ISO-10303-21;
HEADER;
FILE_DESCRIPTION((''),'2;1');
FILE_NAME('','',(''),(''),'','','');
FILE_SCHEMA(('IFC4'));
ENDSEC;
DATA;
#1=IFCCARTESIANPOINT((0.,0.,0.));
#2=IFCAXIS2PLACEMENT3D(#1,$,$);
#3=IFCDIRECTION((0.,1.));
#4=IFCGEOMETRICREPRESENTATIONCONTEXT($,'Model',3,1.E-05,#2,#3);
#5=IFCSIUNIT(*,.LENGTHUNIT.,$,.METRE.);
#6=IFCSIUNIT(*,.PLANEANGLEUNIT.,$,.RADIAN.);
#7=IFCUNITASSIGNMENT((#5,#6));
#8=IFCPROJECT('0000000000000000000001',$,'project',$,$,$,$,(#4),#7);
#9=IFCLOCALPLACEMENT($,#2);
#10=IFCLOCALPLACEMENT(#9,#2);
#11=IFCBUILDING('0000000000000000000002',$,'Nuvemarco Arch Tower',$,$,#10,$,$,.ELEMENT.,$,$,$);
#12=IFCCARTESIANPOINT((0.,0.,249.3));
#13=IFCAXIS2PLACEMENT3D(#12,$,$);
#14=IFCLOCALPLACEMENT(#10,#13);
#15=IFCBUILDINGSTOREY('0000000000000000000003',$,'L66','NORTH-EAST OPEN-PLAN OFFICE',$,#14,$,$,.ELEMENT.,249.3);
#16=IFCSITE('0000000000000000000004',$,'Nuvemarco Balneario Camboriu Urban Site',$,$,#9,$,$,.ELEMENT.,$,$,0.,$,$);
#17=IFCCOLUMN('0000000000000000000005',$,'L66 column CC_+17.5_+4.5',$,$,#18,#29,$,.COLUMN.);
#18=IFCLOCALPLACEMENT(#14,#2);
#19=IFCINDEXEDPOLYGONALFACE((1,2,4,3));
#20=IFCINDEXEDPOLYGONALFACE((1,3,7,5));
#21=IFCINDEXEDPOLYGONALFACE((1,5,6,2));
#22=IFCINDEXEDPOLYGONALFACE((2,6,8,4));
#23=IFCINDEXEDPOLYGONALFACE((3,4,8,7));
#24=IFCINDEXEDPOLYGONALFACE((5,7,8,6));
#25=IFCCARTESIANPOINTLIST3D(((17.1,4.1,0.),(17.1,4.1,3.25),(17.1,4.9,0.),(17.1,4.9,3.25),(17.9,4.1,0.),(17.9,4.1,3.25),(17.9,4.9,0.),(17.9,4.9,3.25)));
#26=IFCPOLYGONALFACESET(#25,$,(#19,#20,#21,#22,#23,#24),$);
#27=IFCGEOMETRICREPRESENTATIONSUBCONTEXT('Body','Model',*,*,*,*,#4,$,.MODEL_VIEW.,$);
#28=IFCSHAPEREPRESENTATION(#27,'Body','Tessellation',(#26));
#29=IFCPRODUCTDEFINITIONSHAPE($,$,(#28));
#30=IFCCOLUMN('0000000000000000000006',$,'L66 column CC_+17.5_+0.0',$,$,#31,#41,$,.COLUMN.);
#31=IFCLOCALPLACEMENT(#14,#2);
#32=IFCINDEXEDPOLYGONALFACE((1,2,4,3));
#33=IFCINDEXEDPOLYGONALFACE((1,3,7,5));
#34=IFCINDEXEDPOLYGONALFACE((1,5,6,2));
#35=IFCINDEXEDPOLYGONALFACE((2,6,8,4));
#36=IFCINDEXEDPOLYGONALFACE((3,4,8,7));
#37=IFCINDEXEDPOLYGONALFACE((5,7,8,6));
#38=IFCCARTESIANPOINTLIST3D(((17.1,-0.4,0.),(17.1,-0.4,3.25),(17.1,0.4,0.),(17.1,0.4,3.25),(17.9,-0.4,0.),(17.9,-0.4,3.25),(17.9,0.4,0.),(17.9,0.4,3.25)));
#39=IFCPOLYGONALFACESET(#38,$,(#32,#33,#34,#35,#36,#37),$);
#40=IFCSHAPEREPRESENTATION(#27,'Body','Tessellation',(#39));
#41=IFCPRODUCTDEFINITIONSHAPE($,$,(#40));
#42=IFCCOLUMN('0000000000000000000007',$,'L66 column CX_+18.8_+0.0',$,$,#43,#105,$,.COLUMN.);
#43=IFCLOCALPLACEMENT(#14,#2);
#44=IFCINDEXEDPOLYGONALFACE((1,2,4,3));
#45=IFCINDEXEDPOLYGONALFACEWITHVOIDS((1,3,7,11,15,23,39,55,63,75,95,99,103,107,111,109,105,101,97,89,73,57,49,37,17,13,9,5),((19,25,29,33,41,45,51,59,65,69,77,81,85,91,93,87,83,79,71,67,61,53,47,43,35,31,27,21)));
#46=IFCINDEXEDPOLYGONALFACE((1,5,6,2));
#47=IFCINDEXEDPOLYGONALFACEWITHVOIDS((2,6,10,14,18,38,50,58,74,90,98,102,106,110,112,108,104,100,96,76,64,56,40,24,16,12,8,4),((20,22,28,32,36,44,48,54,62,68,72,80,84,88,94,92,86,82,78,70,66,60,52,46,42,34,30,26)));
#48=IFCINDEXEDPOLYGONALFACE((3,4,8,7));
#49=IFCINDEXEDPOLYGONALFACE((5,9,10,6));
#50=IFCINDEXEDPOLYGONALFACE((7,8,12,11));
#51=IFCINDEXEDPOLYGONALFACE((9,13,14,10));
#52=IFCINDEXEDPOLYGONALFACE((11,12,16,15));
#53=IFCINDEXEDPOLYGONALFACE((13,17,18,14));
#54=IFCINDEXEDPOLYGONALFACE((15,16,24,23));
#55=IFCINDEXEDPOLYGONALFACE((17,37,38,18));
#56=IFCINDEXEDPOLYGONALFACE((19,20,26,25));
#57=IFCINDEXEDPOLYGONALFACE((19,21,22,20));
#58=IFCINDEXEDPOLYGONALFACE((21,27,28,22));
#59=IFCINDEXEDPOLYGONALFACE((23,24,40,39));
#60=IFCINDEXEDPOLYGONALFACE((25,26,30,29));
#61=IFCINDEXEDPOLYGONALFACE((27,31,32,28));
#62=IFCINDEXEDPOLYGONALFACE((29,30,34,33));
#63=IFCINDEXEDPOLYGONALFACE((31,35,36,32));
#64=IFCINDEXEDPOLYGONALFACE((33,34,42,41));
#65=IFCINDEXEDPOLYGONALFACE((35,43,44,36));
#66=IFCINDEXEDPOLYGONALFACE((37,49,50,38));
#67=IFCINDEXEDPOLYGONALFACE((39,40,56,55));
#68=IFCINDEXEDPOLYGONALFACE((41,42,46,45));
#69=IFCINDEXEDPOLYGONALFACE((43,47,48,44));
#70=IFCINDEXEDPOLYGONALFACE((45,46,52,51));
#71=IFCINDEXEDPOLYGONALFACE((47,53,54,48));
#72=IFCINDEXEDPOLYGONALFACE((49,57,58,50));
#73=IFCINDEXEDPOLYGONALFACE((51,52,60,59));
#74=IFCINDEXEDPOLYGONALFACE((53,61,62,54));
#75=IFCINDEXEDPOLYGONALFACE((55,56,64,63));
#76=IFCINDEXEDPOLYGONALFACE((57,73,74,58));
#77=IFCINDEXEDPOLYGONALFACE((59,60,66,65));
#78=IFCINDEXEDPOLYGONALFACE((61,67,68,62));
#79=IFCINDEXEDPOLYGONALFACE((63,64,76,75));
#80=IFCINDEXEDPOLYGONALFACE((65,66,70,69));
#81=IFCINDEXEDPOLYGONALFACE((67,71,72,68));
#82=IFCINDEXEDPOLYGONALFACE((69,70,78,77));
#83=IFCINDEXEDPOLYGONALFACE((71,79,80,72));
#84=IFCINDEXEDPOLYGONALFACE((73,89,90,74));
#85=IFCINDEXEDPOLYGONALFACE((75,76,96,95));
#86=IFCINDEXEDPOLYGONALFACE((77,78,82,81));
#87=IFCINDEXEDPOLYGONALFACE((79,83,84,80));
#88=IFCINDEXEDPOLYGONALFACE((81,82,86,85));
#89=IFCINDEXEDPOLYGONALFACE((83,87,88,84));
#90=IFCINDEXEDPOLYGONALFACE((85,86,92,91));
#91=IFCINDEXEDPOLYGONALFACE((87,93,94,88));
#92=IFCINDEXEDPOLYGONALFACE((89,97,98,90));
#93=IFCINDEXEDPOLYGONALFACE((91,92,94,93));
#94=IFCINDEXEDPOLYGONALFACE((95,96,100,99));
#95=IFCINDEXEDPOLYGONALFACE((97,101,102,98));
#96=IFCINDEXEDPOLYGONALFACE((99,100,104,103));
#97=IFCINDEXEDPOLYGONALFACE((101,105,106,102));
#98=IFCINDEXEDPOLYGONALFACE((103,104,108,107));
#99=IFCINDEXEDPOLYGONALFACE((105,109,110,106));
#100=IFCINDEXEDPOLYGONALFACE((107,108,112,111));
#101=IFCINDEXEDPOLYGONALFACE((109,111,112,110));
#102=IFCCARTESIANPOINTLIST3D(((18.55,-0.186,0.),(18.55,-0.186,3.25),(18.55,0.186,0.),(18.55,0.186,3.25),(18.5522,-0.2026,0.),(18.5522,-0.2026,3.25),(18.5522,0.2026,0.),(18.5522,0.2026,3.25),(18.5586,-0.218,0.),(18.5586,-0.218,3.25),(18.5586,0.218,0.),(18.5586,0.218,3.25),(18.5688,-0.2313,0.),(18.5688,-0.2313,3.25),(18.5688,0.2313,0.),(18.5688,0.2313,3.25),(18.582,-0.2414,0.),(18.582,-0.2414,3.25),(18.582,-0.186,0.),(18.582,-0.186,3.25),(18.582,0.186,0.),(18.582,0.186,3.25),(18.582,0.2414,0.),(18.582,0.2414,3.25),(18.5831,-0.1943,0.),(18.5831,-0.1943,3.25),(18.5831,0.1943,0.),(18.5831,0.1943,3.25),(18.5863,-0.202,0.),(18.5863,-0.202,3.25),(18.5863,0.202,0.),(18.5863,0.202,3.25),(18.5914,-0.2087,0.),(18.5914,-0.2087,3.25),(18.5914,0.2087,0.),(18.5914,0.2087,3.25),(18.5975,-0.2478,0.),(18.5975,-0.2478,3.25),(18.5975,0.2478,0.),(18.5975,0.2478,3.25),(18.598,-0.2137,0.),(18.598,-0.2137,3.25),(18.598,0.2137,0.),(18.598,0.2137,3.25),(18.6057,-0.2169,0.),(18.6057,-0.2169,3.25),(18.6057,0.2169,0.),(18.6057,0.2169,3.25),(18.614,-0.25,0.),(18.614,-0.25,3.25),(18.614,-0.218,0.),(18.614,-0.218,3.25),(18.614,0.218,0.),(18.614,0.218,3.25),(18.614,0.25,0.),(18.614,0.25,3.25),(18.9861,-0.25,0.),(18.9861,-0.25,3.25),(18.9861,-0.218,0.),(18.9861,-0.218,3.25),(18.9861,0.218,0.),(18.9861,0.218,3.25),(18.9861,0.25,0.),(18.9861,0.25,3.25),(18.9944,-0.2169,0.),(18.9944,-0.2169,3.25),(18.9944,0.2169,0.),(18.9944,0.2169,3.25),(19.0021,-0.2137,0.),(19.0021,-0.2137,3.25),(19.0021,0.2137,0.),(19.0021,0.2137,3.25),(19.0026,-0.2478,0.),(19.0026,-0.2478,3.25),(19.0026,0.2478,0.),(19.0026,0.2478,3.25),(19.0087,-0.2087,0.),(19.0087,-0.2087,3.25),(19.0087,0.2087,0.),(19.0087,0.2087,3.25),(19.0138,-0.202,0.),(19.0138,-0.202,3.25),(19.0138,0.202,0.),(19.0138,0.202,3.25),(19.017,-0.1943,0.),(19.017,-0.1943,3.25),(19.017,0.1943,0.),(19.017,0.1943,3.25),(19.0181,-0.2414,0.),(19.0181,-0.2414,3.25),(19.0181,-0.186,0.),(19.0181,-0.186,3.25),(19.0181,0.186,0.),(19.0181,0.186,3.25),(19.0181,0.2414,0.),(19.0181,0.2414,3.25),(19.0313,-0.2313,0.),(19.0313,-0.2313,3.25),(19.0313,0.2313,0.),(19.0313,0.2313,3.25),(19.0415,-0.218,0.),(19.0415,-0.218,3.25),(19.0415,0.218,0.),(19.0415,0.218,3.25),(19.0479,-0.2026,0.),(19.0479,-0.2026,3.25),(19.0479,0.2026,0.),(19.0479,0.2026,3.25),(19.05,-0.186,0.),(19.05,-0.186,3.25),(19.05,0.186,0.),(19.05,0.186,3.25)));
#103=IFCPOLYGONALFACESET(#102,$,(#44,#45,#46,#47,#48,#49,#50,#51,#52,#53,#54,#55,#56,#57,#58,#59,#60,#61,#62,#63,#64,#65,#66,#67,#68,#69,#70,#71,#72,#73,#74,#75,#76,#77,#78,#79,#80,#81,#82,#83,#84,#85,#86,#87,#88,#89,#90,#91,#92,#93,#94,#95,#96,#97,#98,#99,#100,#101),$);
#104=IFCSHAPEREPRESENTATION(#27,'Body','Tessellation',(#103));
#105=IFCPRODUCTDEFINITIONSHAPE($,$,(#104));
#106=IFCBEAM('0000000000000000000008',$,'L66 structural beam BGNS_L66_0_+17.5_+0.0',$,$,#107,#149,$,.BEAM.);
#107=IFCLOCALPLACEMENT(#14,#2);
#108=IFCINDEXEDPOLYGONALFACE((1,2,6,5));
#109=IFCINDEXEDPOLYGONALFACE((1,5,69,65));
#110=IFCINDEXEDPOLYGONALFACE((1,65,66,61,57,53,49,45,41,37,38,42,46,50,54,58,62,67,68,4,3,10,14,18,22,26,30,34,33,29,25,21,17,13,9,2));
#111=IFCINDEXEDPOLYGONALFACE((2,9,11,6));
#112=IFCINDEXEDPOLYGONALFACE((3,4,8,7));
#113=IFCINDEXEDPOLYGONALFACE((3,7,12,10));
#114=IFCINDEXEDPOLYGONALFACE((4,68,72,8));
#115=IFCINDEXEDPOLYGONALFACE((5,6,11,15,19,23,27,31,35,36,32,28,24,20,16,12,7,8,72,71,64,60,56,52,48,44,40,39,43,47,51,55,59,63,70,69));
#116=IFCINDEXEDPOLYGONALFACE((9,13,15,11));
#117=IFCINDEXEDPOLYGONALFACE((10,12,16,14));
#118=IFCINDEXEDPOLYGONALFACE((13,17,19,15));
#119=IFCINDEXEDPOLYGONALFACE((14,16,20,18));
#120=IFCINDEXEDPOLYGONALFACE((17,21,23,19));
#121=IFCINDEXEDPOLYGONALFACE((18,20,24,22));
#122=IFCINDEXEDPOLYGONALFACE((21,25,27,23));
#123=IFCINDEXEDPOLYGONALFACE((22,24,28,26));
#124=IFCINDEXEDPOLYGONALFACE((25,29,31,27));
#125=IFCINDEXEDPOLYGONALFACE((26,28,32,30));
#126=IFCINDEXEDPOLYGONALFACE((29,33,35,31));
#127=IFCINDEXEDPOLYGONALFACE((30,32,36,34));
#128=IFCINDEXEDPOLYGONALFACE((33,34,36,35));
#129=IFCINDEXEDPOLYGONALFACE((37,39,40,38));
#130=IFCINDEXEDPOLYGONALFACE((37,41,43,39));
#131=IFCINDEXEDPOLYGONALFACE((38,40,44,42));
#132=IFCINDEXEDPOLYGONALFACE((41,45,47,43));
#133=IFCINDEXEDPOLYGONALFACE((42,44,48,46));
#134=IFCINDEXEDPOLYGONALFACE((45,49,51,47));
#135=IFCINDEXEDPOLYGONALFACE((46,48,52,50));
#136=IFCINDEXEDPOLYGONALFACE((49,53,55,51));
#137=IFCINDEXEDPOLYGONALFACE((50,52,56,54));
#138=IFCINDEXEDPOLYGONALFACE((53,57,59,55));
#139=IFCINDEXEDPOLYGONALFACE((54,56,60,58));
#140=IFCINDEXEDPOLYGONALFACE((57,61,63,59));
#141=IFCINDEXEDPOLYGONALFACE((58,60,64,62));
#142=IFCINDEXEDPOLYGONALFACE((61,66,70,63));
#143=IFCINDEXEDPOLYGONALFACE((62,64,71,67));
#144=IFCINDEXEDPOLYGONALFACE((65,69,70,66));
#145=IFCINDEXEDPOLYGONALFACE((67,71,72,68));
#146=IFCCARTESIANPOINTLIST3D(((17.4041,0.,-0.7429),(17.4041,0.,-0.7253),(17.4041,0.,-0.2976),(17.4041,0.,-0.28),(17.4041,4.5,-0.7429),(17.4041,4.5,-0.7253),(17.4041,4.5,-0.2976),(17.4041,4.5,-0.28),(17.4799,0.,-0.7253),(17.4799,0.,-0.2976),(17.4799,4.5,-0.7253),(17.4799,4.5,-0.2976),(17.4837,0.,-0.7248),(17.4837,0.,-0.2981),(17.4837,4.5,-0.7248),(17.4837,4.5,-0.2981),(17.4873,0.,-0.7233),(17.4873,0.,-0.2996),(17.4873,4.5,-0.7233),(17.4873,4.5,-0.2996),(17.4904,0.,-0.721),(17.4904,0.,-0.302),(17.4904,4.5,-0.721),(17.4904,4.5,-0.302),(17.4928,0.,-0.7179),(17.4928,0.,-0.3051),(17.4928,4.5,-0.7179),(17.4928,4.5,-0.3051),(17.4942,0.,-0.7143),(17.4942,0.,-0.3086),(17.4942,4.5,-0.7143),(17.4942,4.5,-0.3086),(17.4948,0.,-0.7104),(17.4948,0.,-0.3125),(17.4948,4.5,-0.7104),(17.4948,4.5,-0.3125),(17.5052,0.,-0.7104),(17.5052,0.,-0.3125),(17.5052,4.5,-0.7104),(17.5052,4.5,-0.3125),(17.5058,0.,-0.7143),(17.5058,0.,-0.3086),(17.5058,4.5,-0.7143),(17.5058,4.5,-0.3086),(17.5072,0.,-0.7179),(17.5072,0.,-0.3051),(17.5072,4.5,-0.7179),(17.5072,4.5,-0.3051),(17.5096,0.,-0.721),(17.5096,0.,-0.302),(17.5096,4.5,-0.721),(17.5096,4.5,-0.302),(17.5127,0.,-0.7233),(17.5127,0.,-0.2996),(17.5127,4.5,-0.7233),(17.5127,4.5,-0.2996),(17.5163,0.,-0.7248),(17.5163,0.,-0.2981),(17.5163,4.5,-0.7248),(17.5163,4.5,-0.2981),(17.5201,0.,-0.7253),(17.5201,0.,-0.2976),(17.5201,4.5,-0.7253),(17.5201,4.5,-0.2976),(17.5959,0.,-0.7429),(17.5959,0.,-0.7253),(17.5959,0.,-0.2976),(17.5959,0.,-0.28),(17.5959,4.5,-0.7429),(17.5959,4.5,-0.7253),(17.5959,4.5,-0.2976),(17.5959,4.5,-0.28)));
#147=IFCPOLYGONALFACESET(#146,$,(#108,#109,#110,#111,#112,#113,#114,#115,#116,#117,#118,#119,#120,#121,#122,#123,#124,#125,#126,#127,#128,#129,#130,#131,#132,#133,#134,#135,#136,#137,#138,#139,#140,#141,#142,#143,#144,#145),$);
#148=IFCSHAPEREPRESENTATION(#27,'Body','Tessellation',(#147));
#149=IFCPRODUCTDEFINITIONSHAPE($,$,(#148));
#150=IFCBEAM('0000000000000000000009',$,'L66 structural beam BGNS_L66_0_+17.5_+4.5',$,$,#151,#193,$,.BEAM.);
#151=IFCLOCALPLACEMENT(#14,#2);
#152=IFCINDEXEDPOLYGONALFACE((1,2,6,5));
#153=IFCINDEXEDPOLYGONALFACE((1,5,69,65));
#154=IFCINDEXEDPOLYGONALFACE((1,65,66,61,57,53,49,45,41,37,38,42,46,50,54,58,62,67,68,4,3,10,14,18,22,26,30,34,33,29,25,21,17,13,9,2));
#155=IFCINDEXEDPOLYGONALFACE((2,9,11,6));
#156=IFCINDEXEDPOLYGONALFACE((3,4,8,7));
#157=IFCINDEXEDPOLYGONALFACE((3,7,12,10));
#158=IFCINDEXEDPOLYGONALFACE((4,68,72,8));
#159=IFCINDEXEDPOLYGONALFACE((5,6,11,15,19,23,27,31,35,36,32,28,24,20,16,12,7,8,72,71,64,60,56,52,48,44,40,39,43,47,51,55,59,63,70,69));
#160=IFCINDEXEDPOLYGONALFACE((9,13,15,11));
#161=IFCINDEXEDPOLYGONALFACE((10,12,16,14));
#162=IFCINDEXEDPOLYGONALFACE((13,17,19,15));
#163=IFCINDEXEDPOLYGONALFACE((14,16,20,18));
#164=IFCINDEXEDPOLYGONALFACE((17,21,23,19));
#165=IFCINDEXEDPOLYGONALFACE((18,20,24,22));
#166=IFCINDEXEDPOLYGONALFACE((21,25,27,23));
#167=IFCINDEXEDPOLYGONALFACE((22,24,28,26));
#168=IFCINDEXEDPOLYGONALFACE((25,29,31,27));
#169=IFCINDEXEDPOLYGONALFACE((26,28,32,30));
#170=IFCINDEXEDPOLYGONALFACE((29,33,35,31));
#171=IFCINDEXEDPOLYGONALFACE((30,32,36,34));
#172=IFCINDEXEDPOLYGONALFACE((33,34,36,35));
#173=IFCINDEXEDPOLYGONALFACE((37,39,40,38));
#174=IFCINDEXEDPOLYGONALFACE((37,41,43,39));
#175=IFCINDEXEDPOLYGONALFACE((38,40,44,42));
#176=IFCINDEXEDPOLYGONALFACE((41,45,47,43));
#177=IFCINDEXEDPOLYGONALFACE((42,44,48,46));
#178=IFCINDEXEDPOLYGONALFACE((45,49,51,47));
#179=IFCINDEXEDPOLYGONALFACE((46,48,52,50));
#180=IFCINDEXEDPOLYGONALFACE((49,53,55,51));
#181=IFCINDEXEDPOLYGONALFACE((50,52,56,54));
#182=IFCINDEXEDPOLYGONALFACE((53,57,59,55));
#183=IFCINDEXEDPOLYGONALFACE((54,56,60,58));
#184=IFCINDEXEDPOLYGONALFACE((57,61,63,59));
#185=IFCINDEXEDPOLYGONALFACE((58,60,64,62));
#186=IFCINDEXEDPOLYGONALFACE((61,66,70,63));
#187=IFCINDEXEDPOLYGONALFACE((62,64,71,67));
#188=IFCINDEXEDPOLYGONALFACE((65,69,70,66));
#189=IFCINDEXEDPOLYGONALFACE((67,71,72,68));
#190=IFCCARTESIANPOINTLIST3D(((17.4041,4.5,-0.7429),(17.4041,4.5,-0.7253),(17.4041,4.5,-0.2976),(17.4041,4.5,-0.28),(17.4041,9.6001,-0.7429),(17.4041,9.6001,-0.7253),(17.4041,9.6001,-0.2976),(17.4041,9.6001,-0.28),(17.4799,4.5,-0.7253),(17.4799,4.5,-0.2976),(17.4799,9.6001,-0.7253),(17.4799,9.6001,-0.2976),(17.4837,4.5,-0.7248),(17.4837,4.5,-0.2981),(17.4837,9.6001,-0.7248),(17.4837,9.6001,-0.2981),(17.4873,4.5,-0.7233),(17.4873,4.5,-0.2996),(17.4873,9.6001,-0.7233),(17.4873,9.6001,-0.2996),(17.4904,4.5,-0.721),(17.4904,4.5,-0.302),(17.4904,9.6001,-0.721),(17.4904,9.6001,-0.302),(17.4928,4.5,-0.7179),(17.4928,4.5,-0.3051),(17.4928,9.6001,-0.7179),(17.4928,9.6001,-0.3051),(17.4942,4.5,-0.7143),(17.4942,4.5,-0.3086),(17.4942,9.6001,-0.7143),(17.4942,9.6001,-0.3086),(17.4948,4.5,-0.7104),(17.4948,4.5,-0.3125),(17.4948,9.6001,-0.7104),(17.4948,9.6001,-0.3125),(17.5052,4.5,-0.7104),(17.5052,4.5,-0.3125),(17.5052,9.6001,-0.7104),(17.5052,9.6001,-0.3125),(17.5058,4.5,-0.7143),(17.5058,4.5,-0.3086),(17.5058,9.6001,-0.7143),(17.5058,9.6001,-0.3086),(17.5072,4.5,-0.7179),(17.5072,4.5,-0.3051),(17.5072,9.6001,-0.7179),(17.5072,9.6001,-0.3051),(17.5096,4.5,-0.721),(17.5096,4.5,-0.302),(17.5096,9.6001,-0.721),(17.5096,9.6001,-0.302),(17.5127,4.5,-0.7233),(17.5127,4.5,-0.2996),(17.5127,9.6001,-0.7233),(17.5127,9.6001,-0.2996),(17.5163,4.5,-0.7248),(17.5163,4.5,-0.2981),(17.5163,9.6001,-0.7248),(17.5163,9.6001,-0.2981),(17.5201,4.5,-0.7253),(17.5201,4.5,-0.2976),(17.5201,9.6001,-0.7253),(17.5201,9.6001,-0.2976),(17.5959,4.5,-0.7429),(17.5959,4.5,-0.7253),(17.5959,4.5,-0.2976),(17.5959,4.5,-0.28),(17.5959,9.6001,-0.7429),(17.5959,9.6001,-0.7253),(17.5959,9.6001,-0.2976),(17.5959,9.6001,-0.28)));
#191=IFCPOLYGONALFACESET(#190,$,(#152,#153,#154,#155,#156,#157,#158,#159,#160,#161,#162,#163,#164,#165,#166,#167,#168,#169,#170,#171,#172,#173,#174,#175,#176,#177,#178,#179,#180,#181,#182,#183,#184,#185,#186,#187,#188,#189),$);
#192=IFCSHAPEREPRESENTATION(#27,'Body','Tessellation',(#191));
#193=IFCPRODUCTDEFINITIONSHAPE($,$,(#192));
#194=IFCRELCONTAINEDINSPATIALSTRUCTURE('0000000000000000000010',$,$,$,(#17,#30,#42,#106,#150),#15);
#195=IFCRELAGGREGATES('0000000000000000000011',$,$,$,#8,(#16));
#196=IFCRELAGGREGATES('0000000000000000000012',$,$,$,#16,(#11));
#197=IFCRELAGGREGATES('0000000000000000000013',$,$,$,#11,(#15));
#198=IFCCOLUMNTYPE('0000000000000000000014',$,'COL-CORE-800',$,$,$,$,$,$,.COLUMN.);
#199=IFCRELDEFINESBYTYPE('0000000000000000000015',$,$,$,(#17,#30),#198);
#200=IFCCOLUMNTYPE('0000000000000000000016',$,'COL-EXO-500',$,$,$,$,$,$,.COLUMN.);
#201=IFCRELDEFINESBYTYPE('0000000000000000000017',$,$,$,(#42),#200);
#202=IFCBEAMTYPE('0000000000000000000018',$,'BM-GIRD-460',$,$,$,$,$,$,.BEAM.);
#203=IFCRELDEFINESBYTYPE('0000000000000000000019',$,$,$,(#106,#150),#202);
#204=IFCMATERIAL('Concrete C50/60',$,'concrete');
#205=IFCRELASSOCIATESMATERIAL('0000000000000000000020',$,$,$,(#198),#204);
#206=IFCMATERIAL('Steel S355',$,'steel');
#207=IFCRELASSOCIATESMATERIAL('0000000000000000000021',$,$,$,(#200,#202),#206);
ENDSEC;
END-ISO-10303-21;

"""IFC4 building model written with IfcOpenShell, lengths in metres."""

from ifc_helpers import new_model, si_unit, direction, frame, origin, origin_2d, place, context, subcontext, project, spatial, rectangle, hollow_rectangle, i_section, extrude, material, material_profile, profile_set, type_object, element, save


model = new_model("IFC4")

# Units and contexts
model_context = context("Model", 3, precision=1e-05, world=origin(), true_north=direction((0.0, 1.0)))
body_context = subcontext(model_context, "Body", "Model", "MODEL_VIEW")
ifc_project = project(units=[si_unit("LENGTHUNIT", "METRE"), si_unit("PLANEANGLEUNIT", "RADIAN")], contexts=[model_context])

# Site, building, storey
site_placement = place(None, origin())
site = spatial("IfcSite", under=ifc_project, at=site_placement, Name="Nuvemarco Balneario Camboriu Urban Site", CompositionType="ELEMENT", RefElevation=0.0)
building_placement = place(site_placement, origin())
building = spatial("IfcBuilding", under=site, at=building_placement, Name="Nuvemarco Arch Tower", CompositionType="ELEMENT")
storey_placement = place(building_placement, frame((0.0, 0.0, 249.3)))
storey = spatial("IfcBuildingStorey", under=building, at=storey_placement, Name="L66", Description="NORTH-EAST OPEN-PLAN OFFICE", CompositionType="ELEMENT", Elevation=249.3)

# Columns
ifc_material_1 = material(Name="Concrete C50/60", Category="concrete")
ifc_material_profile_1 = material_profile(ifc_material_1, rectangle(XDim=0.8, YDim=0.8, at=origin_2d()), Name="RC-COL-800x800")
ifc_profile_set_1 = profile_set([ifc_material_profile_1], Name="Concrete C50/60")
column_type_1 = type_object("IfcColumnType", Name="COL-CORE-800", PredefinedType="COLUMN", material=ifc_profile_set_1)
for number, where, z_axis, x_axis, name in (
    (1, (17.5, 4.5, 0.0), (0.0, 0.0, 1.0), (1.0, 0.0, 0.0), "L66 column CC_+17.5_+4.5"),
    (2, (17.5, 0.0, 0.0), (0.0, 0.0, 1.0), (1.0, 0.0, 0.0), "L66 column CC_+17.5_+0.0"),
):
    element("IfcColumn", number, at=place(storey_placement, frame(where, z_axis=z_axis, x_axis=x_axis)), inside=storey, type_object=column_type_1, Name=name, PredefinedType="COLUMN", context=body_context, shape_type="SweptSolid", body=[
        extrude(rectangle(XDim=0.8, YDim=0.8, at=origin_2d()), origin(), (0.0, 0.0, 1.0), 3.25),
    ])
ifc_material_2 = material(Name="Steel S355", Category="steel")
ifc_material_profile_2 = material_profile(ifc_material_2, hollow_rectangle(XDim=0.5, YDim=0.5, WallThickness=0.032, InnerFilletRadius=0.032, OuterFilletRadius=0.064, at=origin_2d()), Name="SHS500x500x32")
ifc_profile_set_2 = profile_set([ifc_material_profile_2], Name="Steel S355")
column_type_2 = type_object("IfcColumnType", Name="COL-EXO-500", PredefinedType="COLUMN", material=ifc_profile_set_2)
column_placement = place(storey_placement, frame((18.8, 0.0, 0.0), z_axis=(0.0, 0.0, 1.0), x_axis=(1.0, 0.0, 0.0)))
element("IfcColumn", 3, at=column_placement, inside=storey, type_object=column_type_2, Name="L66 column CX_+18.8_+0.0", PredefinedType="COLUMN", context=body_context, shape_type="SweptSolid", body=[
    extrude(hollow_rectangle(XDim=0.5, YDim=0.5, WallThickness=0.032, InnerFilletRadius=0.032, OuterFilletRadius=0.064, at=origin_2d()), origin(), (0.0, 0.0, 1.0), 3.25),
])

# Beams
ifc_material_profile_3 = material_profile(ifc_material_2, i_section(OverallWidth=0.1919, OverallDepth=0.4629, WebThickness=0.0105, FlangeThickness=0.0176, FilletRadius=0.0149, at=origin_2d()), Name="W460x89")
ifc_profile_set_3 = profile_set([ifc_material_profile_3], Name="Steel S355")
beam_type_1 = type_object("IfcBeamType", Name="BM-GIRD-460", PredefinedType="BEAM", material=ifc_profile_set_3)
beam_1_placement = place(storey_placement, frame((17.5, 0.0, -0.5115), z_axis=(0.0, 1.0, 0.0), x_axis=(-1.0, 0.0, 0.0)))
element("IfcBeam", 4, at=beam_1_placement, inside=storey, type_object=beam_type_1, Name="L66 structural beam BGNS_L66_0_+17.5_+0.0", PredefinedType="BEAM", context=body_context, shape_type="SweptSolid", body=[
    extrude(i_section(OverallWidth=0.1919, OverallDepth=0.4629, WebThickness=0.0105, FlangeThickness=0.0176, FilletRadius=0.0149, at=origin_2d()), origin(), (0.0, 0.0, 1.0), 4.5),
])
beam_2_placement = place(storey_placement, frame((17.5, 4.5, -0.5115), z_axis=(0.0, 1.0, 0.0), x_axis=(-1.0, 0.0, 0.0)))
element("IfcBeam", 5, at=beam_2_placement, inside=storey, type_object=beam_type_1, Name="L66 structural beam BGNS_L66_0_+17.5_+4.5", PredefinedType="BEAM", context=body_context, shape_type="SweptSolid", body=[
    extrude(i_section(OverallWidth=0.1919, OverallDepth=0.4629, WebThickness=0.0105, FlangeThickness=0.0176, FilletRadius=0.0149, at=origin_2d()), origin(), (0.0, 0.0, 1.0), 5.1001),
])

save(model, "model.ifc")
